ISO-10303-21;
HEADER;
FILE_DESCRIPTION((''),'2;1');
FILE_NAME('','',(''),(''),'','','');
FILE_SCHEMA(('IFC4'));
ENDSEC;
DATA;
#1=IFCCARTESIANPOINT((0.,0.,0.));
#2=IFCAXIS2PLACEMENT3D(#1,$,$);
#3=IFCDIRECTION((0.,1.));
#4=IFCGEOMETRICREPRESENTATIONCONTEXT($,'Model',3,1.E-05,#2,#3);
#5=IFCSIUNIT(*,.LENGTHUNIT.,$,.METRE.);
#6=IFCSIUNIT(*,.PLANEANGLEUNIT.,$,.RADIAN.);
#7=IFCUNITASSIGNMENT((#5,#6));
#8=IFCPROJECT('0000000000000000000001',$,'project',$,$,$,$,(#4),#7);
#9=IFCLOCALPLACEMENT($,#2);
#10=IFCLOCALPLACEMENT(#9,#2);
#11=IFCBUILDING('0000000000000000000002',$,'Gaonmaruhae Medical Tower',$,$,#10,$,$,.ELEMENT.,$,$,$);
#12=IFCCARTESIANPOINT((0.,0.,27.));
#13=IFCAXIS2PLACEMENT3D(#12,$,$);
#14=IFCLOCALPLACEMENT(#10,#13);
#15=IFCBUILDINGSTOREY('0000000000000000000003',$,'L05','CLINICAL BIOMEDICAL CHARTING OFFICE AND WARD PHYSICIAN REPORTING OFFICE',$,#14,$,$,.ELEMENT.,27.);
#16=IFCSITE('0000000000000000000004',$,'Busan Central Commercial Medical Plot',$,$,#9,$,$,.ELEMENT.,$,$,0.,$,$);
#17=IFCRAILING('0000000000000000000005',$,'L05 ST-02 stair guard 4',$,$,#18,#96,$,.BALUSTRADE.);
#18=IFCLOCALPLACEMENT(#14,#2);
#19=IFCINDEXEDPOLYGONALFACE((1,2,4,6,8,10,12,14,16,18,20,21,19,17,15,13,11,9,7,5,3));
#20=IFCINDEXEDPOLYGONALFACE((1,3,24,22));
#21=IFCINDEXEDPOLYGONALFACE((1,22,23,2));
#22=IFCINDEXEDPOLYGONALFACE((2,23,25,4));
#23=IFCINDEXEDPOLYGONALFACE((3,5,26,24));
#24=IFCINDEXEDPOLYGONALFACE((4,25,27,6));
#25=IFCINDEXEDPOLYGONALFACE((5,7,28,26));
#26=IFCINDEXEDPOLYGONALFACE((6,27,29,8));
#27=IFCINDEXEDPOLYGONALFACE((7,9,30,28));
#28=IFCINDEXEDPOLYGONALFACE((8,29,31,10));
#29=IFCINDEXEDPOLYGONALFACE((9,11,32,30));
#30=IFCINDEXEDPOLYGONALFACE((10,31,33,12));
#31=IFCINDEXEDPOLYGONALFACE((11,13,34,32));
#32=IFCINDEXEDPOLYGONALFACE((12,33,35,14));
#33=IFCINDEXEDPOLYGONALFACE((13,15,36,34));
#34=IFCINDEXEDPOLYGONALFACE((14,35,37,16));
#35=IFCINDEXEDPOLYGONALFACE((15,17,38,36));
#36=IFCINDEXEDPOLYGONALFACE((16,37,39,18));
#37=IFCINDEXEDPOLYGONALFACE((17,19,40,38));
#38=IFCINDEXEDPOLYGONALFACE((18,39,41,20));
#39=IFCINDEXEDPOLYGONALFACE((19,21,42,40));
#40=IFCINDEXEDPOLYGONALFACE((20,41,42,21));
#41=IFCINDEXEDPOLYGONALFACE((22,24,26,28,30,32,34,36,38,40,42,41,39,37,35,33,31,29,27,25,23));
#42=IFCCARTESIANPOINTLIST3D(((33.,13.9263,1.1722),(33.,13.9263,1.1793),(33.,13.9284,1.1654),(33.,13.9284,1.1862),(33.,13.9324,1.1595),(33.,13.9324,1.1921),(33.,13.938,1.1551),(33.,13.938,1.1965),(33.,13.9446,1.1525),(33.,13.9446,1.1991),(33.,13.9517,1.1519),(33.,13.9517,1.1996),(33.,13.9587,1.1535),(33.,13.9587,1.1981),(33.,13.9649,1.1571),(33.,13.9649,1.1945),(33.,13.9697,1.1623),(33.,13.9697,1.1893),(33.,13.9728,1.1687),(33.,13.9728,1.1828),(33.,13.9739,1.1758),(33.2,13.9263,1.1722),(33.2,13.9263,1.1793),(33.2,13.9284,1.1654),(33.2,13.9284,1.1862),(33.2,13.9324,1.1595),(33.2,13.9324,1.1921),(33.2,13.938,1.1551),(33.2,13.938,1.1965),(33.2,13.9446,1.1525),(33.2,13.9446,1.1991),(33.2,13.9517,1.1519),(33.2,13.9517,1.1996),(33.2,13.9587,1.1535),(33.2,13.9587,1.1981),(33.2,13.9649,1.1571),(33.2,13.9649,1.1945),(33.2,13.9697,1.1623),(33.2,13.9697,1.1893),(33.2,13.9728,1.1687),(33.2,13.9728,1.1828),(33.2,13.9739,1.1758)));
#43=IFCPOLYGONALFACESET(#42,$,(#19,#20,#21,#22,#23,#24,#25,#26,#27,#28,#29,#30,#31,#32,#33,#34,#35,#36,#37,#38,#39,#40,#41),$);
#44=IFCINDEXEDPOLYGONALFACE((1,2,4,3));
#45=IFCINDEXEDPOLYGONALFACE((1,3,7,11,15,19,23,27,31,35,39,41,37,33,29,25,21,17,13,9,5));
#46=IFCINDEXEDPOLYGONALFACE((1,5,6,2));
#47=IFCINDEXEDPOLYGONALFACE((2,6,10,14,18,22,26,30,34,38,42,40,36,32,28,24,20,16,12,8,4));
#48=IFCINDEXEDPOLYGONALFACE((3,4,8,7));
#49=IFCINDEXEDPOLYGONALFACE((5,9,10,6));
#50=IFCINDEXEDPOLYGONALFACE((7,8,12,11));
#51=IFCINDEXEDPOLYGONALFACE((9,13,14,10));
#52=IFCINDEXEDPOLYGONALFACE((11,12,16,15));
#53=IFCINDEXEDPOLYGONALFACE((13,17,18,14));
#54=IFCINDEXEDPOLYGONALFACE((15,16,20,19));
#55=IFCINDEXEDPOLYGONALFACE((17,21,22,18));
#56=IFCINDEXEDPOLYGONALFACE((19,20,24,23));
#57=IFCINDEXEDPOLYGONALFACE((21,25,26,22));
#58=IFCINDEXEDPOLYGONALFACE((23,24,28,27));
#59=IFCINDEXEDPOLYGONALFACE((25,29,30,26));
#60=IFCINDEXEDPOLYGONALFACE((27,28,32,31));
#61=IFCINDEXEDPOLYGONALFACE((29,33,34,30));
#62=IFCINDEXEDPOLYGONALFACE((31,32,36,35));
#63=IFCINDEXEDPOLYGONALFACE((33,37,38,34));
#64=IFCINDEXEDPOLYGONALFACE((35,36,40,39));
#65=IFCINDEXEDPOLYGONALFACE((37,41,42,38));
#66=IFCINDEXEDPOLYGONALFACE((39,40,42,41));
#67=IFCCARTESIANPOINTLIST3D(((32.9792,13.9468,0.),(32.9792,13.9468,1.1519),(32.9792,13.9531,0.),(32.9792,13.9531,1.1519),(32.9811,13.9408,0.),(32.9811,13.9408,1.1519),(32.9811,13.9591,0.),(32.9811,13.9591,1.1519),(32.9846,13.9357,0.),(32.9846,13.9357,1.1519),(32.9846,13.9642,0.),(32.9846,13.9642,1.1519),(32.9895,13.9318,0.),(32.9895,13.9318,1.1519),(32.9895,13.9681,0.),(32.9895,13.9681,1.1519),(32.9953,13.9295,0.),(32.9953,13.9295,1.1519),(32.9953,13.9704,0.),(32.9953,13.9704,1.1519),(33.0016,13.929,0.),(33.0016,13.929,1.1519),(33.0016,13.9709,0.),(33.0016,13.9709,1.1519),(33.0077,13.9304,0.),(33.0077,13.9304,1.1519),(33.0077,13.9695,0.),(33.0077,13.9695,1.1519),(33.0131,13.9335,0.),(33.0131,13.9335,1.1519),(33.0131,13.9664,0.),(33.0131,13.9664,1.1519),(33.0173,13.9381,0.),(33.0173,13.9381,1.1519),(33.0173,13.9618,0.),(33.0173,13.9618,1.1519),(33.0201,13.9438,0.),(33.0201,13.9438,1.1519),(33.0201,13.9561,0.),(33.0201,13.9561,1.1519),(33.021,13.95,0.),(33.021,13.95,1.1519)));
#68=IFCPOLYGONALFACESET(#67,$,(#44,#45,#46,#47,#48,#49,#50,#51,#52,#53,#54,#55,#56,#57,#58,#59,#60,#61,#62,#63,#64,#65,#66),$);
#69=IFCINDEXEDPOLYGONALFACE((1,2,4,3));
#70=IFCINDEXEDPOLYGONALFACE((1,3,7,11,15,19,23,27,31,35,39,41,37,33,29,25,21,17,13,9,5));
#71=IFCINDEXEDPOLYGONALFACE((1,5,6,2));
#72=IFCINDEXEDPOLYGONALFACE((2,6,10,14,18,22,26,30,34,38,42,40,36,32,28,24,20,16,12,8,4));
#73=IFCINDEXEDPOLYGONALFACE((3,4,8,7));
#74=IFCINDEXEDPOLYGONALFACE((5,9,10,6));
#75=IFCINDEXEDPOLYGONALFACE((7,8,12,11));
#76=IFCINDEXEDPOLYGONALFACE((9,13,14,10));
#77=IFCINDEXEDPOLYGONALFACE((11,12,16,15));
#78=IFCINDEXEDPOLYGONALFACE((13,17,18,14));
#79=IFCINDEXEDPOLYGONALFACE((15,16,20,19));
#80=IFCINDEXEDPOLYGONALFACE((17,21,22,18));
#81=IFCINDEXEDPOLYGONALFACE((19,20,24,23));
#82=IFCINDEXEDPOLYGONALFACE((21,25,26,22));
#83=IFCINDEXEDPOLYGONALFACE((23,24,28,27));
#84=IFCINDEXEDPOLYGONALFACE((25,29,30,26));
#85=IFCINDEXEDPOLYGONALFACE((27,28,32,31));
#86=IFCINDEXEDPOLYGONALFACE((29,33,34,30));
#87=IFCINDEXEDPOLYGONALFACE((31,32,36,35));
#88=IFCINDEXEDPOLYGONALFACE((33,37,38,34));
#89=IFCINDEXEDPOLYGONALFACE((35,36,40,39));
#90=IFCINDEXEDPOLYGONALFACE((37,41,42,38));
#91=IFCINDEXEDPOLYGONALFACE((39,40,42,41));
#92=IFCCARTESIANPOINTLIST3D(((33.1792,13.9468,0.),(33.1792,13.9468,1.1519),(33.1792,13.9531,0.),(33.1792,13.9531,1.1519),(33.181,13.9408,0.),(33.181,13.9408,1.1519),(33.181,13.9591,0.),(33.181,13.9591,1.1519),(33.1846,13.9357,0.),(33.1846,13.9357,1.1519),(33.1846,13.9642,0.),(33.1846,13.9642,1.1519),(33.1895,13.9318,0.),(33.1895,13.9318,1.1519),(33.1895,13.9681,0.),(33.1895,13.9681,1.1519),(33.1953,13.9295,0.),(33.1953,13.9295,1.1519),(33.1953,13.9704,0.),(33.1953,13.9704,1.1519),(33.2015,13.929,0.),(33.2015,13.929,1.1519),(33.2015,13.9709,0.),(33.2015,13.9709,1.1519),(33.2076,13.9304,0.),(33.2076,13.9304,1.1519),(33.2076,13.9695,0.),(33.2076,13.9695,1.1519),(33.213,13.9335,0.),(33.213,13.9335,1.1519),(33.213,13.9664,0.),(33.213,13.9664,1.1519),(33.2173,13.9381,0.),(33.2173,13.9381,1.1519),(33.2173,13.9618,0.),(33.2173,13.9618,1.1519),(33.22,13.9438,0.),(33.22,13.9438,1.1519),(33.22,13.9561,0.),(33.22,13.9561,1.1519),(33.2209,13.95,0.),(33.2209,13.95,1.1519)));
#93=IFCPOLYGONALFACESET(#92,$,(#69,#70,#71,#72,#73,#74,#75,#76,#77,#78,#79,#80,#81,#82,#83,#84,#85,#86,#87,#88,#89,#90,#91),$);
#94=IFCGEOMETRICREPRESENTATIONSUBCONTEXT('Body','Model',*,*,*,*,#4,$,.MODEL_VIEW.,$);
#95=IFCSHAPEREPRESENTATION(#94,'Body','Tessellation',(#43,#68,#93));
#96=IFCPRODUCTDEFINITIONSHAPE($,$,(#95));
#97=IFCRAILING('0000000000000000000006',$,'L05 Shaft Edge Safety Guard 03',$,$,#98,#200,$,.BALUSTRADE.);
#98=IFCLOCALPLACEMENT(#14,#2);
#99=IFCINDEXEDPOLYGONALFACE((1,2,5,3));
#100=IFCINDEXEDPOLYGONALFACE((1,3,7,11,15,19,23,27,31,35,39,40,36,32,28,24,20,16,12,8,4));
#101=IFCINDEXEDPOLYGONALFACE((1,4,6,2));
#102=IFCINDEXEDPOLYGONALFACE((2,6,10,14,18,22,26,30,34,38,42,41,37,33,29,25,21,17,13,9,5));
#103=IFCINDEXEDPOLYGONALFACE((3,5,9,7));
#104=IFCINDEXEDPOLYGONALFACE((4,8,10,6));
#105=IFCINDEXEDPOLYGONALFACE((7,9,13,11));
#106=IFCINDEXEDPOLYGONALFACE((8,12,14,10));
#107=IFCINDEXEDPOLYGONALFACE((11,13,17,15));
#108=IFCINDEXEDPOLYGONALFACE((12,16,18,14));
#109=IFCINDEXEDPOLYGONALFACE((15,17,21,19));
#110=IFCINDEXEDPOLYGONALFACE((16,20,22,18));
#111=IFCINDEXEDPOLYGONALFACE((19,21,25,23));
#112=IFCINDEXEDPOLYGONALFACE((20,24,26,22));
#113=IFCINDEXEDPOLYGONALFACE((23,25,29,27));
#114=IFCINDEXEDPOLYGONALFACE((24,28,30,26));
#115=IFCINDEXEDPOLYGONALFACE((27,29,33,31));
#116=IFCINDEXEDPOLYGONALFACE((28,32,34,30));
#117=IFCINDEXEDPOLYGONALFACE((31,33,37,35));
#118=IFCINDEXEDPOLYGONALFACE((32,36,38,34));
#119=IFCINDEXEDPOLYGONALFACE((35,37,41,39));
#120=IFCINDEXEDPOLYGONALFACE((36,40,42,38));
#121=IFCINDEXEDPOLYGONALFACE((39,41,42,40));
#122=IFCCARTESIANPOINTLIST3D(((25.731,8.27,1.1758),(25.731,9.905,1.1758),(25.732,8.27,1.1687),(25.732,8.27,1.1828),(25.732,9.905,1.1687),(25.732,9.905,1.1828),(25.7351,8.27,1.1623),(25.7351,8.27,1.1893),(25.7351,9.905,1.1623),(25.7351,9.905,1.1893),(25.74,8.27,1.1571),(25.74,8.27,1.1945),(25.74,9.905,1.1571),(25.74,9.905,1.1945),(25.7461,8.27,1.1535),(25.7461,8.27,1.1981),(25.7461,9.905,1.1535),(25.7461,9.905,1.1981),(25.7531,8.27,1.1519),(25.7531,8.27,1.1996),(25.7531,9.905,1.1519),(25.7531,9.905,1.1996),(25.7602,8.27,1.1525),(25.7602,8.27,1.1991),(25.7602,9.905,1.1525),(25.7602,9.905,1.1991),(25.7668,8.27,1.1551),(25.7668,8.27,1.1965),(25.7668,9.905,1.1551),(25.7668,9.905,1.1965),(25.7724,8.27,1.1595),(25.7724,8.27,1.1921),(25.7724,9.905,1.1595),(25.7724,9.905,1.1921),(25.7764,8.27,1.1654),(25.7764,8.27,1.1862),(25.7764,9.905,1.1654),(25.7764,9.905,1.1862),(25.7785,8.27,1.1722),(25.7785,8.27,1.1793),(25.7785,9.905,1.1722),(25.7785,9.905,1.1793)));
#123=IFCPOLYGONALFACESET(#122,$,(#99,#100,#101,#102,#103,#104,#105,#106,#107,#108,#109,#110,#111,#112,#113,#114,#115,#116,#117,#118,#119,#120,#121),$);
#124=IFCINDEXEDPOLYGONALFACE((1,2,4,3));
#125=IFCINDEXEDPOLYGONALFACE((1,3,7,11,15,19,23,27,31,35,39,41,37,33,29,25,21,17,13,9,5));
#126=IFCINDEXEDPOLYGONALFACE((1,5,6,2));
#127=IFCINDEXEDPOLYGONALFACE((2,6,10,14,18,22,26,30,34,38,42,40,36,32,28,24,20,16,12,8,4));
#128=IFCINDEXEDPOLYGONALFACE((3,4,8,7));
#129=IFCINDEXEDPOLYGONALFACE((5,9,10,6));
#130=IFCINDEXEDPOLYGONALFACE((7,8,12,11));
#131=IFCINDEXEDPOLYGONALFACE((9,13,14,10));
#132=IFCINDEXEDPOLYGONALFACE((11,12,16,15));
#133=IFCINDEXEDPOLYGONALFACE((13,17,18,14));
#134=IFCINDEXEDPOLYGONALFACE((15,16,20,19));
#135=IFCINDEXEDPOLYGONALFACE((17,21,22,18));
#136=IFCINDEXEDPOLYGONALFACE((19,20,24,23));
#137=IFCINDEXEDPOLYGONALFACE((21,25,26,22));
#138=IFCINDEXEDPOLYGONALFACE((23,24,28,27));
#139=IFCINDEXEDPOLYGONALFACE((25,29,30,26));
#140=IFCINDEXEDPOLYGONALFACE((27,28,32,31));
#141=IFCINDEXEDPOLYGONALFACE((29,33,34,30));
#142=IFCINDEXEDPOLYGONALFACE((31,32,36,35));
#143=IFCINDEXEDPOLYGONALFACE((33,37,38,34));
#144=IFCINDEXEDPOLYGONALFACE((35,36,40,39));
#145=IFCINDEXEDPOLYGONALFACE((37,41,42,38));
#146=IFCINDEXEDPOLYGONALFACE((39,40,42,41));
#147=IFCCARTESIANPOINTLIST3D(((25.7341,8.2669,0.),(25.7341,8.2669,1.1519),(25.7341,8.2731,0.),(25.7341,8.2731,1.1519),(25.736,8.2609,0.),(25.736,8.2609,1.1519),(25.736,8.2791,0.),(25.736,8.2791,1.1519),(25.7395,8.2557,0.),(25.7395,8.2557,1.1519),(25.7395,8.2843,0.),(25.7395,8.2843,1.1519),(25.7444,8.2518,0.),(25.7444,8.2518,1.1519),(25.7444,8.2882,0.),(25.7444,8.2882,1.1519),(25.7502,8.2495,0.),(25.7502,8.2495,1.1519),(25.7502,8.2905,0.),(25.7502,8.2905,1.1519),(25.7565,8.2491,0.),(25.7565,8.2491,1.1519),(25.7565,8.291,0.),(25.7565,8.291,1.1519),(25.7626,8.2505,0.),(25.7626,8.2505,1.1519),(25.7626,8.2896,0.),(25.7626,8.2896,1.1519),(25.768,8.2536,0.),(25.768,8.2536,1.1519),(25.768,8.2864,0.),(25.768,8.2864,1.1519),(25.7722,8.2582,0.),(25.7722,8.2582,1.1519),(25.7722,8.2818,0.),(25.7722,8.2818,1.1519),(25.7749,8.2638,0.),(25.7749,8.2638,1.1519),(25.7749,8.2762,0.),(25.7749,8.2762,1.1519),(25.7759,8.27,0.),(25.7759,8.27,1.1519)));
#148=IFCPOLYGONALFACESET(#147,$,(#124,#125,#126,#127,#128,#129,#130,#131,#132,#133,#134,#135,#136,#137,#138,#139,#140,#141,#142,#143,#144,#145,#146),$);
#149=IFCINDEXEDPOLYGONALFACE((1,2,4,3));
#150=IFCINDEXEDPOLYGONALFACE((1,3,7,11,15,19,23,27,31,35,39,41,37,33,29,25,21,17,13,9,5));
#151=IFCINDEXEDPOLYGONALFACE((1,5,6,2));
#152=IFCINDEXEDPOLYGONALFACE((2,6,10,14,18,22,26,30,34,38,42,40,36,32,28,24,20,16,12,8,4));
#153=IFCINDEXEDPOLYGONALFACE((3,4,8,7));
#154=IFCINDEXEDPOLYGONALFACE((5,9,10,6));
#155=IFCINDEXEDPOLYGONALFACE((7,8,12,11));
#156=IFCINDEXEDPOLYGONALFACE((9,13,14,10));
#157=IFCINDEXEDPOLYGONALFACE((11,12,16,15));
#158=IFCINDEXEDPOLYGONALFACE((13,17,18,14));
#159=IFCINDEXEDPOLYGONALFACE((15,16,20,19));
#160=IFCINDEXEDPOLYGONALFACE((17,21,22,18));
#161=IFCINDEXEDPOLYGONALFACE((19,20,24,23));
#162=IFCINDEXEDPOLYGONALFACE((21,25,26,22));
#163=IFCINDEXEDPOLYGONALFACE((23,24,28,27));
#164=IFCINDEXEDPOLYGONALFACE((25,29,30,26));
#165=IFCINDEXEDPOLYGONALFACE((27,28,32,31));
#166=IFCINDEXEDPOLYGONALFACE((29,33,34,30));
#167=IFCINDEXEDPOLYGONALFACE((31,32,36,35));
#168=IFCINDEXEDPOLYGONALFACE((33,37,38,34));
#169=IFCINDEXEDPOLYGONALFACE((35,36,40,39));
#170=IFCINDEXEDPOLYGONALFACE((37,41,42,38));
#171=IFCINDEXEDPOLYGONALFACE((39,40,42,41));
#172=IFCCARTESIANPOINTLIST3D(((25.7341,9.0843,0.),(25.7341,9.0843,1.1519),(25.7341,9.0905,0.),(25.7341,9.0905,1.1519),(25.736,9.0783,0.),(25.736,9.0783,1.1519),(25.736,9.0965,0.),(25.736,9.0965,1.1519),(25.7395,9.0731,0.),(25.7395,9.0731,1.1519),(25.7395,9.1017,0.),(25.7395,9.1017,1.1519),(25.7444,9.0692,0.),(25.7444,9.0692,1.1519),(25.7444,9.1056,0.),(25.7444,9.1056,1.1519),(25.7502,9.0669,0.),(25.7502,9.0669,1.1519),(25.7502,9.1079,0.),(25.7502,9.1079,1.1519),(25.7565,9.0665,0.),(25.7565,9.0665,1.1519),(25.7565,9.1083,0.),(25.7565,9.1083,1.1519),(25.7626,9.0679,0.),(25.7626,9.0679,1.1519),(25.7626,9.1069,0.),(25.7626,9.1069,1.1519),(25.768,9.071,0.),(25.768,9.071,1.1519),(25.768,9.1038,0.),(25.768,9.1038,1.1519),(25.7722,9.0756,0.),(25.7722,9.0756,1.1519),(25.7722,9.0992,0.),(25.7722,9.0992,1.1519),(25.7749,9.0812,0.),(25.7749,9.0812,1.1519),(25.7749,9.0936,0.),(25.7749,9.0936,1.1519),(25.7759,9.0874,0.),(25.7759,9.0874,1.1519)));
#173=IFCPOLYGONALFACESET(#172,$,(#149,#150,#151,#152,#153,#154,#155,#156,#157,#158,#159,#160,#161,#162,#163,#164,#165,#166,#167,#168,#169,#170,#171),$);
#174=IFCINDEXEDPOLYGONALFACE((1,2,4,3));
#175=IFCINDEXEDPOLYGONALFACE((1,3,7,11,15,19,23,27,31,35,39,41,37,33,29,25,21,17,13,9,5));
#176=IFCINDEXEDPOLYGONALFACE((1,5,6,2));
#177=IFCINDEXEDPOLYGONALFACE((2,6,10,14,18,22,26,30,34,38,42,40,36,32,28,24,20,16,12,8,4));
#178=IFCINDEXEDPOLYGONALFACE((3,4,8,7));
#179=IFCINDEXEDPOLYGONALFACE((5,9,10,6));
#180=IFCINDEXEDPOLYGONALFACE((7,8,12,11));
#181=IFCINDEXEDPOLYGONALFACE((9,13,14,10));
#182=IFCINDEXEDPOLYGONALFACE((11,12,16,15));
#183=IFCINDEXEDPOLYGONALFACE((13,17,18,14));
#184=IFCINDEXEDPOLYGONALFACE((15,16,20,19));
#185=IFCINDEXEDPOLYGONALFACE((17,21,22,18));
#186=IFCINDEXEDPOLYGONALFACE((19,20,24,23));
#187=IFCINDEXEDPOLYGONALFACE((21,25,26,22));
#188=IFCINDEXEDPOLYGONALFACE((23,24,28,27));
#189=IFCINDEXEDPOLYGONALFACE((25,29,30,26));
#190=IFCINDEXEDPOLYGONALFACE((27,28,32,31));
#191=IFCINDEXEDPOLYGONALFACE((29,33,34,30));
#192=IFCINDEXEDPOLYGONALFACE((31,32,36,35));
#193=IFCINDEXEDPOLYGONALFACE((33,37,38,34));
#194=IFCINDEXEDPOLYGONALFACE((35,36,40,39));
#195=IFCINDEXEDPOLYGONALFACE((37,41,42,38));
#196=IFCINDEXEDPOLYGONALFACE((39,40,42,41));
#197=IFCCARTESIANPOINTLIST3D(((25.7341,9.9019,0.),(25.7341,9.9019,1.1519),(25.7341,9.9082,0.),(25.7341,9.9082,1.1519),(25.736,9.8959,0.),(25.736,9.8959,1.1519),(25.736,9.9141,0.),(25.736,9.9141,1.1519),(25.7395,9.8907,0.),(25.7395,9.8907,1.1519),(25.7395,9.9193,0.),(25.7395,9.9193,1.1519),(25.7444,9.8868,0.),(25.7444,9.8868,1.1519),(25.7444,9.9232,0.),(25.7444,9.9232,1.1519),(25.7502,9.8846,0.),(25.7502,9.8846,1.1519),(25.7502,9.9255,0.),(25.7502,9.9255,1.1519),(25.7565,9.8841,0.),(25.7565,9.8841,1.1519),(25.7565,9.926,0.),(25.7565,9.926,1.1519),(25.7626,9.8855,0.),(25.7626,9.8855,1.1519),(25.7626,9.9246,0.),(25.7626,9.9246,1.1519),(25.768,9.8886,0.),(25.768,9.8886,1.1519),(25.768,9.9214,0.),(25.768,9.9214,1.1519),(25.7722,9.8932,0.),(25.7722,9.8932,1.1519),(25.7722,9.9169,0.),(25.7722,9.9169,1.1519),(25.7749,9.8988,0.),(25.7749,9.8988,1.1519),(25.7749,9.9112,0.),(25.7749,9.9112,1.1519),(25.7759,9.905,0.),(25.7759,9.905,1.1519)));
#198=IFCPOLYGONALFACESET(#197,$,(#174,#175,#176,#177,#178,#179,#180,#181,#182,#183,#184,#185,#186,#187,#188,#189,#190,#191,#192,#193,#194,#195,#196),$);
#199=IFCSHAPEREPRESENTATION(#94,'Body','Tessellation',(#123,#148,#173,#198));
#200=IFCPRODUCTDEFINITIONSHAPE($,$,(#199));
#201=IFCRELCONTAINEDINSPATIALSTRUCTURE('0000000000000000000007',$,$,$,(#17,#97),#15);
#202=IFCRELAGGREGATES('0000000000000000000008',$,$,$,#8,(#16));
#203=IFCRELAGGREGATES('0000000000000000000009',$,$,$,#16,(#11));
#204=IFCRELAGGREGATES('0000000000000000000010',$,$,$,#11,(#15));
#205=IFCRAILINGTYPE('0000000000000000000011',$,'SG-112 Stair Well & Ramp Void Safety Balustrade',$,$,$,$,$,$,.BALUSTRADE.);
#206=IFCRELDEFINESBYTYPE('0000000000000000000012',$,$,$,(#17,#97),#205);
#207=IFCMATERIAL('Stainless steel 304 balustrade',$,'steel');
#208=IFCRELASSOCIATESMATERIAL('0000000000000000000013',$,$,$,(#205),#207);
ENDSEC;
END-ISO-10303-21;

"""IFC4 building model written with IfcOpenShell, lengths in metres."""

from ifc_helpers import new_model, si_unit, direction, frame, origin, origin_2d, place, context, subcontext, project, spatial, circle, extrude, material, type_object, element, save


model = new_model("IFC4")

# Units and contexts
model_context = context("Model", 3, precision=1e-05, world=origin(), true_north=direction((0.0, 1.0)))
body_context = subcontext(model_context, "Body", "Model", "MODEL_VIEW")
ifc_project = project(units=[si_unit("LENGTHUNIT", "METRE"), si_unit("PLANEANGLEUNIT", "RADIAN")], contexts=[model_context])

# Site, building, storey
site_placement = place(None, origin())
site = spatial("IfcSite", under=ifc_project, at=site_placement, Name="Busan Central Commercial Medical Plot", CompositionType="ELEMENT", RefElevation=0.0)
building_placement = place(site_placement, origin())
building = spatial("IfcBuilding", under=site, at=building_placement, Name="Gaonmaruhae Medical Tower", CompositionType="ELEMENT")
storey_placement = place(building_placement, frame((0.0, 0.0, 27.0)))
storey = spatial("IfcBuildingStorey", under=building, at=storey_placement, Name="L05", Description="CLINICAL BIOMEDICAL CHARTING OFFICE AND WARD PHYSICIAN REPORTING OFFICE", CompositionType="ELEMENT", Elevation=27.0)

# Railings
ifc_material_1 = material(Name="Stainless steel 304 balustrade", Category="steel")
railing_type_1 = type_object("IfcRailingType", Name="SG-112 Stair Well & Ramp Void Safety Balustrade", PredefinedType="BALUSTRADE", material=ifc_material_1)
railing_1_placement = place(storey_placement, frame((33.0, 13.95, 0.0)))
element("IfcRailing", 1, at=railing_1_placement, inside=storey, type_object=railing_type_1, Name="L05 ST-02 stair guard 4", PredefinedType="BALUSTRADE", context=body_context, shape_type="SweptSolid", body=[
    extrude(circle(Radius=0.0239, at=origin_2d()), frame((0.0, 0.0, 1.1758), z_axis=(1.0, 0.0, 0.0), x_axis=(0.0, 1.0, 0.0)), (0.0, 0.0, 1.0), 0.2),
    extrude(circle(Radius=0.021, at=origin_2d()), origin(), (0.0, 0.0, 1.0), 1.1519),
    extrude(circle(Radius=0.021, at=origin_2d()), frame((0.2, 0.0, 0.0)), (0.0, 0.0, 1.0), 1.1519),
])
railing_2_placement = place(storey_placement, frame((25.7549, 8.27, 0.0)))
element("IfcRailing", 2, at=railing_2_placement, inside=storey, type_object=railing_type_1, Name="L05 Shaft Edge Safety Guard 03", PredefinedType="BALUSTRADE", context=body_context, shape_type="SweptSolid", body=[
    extrude(circle(Radius=0.0239, at=origin_2d()), frame((0.0, 0.0, 1.1758), z_axis=(0.0, 1.0, 0.0), x_axis=(-1.0, 0.0, 0.0)), (0.0, 0.0, 1.0), 1.635),
    extrude(circle(Radius=0.021, at=origin_2d()), origin(), (0.0, 0.0, 1.0), 1.1519),
    extrude(circle(Radius=0.021, at=origin_2d()), frame((0.0, 0.8174, 0.0)), (0.0, 0.0, 1.0), 1.1519),
    extrude(circle(Radius=0.021, at=origin_2d()), frame((0.0, 1.635, 0.0)), (0.0, 0.0, 1.0), 1.1519),
])

save(model, "model.ifc")
